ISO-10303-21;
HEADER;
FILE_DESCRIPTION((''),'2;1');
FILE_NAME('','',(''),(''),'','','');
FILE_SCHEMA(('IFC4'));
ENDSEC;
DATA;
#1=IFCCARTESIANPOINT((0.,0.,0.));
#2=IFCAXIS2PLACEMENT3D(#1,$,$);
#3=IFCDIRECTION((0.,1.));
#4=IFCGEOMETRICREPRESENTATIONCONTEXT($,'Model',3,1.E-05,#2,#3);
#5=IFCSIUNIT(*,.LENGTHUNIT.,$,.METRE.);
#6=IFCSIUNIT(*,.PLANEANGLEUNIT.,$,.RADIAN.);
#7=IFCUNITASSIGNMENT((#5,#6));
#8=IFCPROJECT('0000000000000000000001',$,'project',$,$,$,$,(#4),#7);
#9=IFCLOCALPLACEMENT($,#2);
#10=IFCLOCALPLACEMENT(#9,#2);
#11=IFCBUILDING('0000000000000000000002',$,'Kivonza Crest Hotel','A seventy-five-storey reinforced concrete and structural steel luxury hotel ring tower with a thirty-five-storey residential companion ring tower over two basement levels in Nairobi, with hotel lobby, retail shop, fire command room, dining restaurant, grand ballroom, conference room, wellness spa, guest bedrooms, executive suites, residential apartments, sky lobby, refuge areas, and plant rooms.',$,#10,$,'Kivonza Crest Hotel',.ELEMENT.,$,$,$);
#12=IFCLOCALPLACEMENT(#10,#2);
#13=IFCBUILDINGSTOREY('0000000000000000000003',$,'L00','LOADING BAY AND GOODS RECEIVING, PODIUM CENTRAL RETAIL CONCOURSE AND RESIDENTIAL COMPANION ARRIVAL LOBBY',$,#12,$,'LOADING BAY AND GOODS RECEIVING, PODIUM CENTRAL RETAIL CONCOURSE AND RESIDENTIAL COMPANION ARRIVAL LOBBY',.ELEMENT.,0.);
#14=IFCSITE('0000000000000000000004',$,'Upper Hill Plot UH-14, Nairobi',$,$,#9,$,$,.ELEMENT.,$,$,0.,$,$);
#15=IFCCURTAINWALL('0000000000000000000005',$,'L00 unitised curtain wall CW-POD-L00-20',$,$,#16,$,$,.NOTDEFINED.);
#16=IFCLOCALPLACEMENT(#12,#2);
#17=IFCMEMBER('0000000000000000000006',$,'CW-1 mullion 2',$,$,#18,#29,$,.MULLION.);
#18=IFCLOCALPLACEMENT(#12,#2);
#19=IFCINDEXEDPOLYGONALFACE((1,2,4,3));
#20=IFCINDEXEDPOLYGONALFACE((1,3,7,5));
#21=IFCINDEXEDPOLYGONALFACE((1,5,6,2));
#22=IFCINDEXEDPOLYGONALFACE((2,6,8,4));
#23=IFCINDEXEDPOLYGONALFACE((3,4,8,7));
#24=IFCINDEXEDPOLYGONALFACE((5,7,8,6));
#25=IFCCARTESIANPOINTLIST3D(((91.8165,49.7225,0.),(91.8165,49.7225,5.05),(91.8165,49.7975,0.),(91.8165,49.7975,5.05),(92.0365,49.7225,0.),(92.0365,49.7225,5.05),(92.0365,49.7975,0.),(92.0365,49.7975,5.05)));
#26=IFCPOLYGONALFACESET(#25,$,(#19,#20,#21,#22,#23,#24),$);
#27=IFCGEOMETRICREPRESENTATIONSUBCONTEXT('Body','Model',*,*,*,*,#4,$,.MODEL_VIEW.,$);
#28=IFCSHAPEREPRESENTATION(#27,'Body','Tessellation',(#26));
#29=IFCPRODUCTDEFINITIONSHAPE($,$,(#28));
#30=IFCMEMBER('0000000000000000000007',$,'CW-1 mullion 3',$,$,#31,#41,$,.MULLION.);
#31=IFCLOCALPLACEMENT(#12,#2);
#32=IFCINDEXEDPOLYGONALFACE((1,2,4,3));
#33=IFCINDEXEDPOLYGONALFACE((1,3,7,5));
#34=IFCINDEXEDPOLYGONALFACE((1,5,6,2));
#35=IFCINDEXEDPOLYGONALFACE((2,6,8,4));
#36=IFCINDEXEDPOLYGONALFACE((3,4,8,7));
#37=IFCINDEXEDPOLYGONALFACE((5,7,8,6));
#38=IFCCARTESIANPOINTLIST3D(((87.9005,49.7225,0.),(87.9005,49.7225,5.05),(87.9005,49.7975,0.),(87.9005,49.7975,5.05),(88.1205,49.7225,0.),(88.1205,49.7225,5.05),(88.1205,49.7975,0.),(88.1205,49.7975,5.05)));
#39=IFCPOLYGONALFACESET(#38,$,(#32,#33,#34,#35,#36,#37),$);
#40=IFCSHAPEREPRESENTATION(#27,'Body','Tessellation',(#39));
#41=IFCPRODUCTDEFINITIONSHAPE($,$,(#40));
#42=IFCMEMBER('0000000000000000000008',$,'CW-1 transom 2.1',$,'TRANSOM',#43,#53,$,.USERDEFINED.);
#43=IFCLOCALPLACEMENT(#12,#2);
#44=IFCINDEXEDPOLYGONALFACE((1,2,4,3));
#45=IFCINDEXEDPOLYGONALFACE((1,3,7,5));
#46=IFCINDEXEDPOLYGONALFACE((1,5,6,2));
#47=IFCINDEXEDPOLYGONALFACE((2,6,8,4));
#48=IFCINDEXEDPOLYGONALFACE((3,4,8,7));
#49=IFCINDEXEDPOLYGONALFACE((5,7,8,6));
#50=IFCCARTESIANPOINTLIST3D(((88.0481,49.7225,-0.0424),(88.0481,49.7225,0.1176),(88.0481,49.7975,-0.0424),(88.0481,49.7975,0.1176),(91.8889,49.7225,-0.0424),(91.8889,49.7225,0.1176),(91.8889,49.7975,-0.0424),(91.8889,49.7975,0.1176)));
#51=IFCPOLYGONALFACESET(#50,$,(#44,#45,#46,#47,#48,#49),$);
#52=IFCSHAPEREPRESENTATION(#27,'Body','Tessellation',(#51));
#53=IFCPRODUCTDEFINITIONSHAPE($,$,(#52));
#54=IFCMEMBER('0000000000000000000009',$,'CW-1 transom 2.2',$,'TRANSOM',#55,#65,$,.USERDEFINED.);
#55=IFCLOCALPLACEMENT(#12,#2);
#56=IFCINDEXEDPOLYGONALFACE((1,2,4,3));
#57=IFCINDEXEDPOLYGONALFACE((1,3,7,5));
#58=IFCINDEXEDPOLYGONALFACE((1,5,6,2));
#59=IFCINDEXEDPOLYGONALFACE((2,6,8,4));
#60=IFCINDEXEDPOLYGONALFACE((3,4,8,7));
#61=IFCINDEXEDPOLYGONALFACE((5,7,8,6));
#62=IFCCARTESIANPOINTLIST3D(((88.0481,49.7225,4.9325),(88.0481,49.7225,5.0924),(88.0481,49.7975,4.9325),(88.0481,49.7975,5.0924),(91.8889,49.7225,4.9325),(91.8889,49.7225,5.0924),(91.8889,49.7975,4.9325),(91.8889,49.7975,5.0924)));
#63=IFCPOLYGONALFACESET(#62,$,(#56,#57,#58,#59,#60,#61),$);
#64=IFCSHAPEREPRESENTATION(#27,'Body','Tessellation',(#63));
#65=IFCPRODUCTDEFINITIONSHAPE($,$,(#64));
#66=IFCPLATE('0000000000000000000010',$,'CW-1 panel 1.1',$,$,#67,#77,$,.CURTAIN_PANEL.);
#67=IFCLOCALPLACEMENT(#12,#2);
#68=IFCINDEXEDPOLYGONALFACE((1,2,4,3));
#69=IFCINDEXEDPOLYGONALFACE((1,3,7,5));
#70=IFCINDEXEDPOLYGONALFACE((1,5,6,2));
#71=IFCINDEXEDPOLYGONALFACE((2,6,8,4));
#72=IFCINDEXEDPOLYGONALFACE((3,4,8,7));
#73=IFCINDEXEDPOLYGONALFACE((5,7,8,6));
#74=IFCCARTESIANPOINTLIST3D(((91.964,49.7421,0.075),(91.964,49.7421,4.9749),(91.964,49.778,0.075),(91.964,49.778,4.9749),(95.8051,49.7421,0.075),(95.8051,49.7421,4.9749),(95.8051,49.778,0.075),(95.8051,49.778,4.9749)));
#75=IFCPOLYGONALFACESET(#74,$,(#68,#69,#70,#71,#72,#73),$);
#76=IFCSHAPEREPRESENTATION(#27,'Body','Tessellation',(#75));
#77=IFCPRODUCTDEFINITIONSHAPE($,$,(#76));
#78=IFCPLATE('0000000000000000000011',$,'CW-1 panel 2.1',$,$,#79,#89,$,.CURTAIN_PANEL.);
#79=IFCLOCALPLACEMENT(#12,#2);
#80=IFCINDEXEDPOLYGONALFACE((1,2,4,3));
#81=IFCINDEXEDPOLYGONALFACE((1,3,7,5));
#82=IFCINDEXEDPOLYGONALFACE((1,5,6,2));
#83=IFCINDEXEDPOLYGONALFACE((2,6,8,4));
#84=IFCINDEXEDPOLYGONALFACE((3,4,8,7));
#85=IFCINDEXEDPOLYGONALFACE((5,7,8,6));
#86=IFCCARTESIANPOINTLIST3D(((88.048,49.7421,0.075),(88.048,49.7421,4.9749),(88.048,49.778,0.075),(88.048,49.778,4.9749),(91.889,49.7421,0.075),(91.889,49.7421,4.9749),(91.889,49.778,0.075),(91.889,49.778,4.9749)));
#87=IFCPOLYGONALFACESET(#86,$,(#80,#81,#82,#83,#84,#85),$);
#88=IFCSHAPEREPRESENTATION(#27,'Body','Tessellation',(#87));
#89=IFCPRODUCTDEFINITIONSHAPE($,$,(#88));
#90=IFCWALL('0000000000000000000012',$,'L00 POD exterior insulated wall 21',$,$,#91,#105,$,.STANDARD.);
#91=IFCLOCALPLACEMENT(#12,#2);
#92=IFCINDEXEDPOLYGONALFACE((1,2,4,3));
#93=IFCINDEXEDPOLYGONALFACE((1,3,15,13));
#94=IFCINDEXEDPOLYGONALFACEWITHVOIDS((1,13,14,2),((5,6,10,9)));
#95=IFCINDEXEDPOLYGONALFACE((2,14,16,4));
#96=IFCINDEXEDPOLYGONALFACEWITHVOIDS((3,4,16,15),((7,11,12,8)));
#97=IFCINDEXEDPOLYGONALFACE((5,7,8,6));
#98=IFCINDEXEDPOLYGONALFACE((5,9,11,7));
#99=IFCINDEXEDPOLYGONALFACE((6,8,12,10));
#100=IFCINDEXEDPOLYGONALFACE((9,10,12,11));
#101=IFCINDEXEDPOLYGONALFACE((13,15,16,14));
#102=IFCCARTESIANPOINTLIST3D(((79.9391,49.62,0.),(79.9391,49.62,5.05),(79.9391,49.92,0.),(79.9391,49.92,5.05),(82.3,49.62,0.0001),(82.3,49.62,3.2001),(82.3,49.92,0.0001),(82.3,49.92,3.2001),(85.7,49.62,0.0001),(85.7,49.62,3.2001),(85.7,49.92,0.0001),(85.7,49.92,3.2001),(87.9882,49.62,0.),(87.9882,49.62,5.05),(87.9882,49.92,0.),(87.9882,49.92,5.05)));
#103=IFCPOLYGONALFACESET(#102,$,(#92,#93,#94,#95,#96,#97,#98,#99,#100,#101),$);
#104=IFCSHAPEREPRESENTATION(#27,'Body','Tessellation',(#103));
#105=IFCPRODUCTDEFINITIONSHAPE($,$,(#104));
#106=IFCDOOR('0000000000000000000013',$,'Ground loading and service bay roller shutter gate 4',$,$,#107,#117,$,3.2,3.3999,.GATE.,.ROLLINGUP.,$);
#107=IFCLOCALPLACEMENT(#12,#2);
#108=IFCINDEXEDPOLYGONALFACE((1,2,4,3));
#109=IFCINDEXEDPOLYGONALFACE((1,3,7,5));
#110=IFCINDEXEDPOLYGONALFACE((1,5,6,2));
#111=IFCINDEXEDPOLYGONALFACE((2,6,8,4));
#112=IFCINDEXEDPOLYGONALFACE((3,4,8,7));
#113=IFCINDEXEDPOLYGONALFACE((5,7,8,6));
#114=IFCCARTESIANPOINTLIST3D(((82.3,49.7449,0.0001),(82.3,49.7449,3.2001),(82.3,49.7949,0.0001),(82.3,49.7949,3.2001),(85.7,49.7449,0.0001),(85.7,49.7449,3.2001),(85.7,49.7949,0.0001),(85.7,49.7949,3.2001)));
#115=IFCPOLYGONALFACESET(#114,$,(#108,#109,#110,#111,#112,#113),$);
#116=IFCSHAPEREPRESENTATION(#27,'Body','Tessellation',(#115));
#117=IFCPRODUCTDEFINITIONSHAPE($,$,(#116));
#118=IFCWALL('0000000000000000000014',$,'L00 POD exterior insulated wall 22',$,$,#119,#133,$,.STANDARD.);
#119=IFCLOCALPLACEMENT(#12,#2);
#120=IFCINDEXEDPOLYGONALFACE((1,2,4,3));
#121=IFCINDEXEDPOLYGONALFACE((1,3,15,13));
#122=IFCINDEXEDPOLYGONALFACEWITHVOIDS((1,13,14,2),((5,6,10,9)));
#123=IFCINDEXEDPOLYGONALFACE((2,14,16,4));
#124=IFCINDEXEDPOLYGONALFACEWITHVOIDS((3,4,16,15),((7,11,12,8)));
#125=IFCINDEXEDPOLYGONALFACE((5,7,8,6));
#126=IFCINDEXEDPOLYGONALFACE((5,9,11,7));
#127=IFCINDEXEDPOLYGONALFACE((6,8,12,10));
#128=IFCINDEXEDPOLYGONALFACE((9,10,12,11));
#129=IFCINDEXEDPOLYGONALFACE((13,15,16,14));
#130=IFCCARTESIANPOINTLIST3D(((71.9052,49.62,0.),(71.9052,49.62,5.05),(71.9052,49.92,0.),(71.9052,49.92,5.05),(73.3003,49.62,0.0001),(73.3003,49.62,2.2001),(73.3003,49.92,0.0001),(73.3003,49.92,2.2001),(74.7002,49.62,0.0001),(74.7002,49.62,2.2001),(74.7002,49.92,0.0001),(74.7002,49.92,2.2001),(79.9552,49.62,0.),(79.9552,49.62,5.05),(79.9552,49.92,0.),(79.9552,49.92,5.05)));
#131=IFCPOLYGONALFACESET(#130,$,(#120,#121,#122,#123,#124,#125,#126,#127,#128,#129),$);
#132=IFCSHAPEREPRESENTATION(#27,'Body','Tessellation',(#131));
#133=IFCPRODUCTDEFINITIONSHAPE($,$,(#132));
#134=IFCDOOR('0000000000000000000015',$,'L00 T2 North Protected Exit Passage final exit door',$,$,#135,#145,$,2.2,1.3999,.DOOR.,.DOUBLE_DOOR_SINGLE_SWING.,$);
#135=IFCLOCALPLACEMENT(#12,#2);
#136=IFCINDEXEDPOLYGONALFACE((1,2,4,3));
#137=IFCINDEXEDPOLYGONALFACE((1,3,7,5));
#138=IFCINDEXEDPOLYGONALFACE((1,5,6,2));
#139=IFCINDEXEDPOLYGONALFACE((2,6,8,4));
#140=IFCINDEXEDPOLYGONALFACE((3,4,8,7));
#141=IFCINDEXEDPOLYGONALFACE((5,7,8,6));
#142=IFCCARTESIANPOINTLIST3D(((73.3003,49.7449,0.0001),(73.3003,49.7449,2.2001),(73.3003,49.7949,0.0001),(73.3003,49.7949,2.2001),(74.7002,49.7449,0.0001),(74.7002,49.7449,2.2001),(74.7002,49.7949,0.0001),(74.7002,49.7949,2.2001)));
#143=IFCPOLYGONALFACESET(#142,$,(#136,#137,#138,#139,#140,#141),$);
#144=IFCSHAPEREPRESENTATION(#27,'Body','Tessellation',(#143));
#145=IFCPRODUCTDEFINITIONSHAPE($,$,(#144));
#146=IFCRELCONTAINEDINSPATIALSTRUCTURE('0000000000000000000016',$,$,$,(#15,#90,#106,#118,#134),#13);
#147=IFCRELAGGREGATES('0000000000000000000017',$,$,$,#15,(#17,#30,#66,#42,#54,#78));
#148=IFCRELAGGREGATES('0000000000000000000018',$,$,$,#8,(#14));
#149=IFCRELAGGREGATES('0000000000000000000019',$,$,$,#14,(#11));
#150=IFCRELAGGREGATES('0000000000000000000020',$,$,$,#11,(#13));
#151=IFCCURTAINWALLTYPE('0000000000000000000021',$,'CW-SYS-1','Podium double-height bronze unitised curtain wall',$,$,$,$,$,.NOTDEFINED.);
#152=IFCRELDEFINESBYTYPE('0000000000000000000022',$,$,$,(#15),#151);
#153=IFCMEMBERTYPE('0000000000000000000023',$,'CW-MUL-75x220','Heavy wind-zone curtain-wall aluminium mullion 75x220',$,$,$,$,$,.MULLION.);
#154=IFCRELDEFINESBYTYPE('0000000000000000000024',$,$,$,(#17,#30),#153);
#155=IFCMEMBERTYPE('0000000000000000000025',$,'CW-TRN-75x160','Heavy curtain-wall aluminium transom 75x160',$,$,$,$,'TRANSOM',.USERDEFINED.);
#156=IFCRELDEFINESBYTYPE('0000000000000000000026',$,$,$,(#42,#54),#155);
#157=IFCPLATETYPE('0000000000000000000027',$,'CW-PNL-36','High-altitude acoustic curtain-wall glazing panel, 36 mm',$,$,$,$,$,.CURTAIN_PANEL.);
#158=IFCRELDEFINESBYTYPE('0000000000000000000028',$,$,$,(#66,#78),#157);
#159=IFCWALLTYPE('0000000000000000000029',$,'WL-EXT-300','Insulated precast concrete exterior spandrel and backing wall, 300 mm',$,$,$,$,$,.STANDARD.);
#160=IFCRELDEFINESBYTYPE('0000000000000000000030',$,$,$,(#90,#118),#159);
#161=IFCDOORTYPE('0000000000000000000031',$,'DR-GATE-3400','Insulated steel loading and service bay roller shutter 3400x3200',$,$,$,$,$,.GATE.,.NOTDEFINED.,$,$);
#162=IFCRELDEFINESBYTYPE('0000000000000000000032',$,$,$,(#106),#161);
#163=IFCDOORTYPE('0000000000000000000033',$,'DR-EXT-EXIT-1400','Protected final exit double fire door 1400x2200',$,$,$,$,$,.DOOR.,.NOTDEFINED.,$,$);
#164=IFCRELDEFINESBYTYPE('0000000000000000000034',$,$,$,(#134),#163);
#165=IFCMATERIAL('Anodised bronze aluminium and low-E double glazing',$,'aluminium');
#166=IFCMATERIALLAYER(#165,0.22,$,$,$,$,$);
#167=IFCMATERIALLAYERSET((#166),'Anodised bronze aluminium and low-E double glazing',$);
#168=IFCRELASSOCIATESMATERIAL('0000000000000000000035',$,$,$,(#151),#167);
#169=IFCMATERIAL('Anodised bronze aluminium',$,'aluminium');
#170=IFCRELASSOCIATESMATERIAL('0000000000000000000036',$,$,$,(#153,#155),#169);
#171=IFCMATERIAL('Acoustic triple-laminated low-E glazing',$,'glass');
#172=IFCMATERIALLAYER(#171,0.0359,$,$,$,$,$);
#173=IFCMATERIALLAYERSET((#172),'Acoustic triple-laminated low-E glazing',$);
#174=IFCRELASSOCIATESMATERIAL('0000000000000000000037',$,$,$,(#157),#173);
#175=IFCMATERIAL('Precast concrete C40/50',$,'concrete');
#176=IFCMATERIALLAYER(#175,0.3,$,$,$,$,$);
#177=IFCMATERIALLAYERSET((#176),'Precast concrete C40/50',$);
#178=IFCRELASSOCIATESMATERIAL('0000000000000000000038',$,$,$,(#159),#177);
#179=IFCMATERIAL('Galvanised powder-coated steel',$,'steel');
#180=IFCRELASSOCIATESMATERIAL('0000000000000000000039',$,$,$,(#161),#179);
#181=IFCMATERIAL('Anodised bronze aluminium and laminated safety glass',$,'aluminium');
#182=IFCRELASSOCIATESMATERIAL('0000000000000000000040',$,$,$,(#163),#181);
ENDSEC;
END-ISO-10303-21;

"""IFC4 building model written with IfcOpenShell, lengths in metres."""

from ifc_helpers import new_model, si_unit, direction, frame, frame_2d, origin, origin_2d, place, context, subcontext, project, spatial, rectangle, extrude, material, layer, layer_set, material_profile, profile_set, type_object, element, fill, aggregate, save


model = new_model("IFC4")

# Units and contexts
model_context = context("Model", 3, precision=1e-05, world=origin(), true_north=direction((0.0, 1.0)))
body_context = subcontext(model_context, "Body", "Model", "MODEL_VIEW")
ifc_project = project(units=[si_unit("LENGTHUNIT", "METRE"), si_unit("PLANEANGLEUNIT", "RADIAN")], contexts=[model_context])

# Site, building, storey
site_placement = place(None, origin())
site = spatial("IfcSite", under=ifc_project, at=site_placement, Name="Upper Hill Plot UH-14, Nairobi", CompositionType="ELEMENT", RefElevation=0.0)
building_placement = place(site_placement, origin())
building = spatial("IfcBuilding", under=site, at=building_placement, Name="Kivonza Crest Hotel", Description="A seventy-five-storey reinforced concrete and structural steel luxury hotel ring tower with a thirty-five-storey residential companion ring tower over two basement levels in Nairobi, with hotel lobby, retail shop, fire command room, dining restaurant, grand ballroom, conference room, wellness spa, guest bedrooms, executive suites, residential apartments, sky lobby, refuge areas, and plant rooms.", LongName="Kivonza Crest Hotel", CompositionType="ELEMENT")
storey_placement = place(building_placement, origin())
storey = spatial("IfcBuildingStorey", under=building, at=storey_placement, Name="L00", Description="LOADING BAY AND GOODS RECEIVING, PODIUM CENTRAL RETAIL CONCOURSE AND RESIDENTIAL COMPANION ARRIVAL LOBBY", LongName="LOADING BAY AND GOODS RECEIVING, PODIUM CENTRAL RETAIL CONCOURSE AND RESIDENTIAL COMPANION ARRIVAL LOBBY", CompositionType="ELEMENT", Elevation=0.0)

# Curtain wall, members, plates
ifc_material_1 = material(Name="Anodised bronze aluminium and low-E double glazing", Category="aluminium")
ifc_layer_1 = layer(ifc_material_1, 0.22)
ifc_layer_set_1 = layer_set([ifc_layer_1], Name="Anodised bronze aluminium and low-E double glazing")
curtain_wall_type = type_object("IfcCurtainWallType", Name="CW-SYS-1", Description="Podium double-height bronze unitised curtain wall", PredefinedType="NOTDEFINED", material=ifc_layer_set_1)
curtain_wall_placement = place(storey_placement, origin())
curtain_wall = element("IfcCurtainWall", 1, at=curtain_wall_placement, inside=storey, type_object=curtain_wall_type, Name="L00 unitised curtain wall CW-POD-L00-20", PredefinedType="NOTDEFINED")
ifc_material_2 = material(Name="Anodised bronze aluminium", Category="aluminium")
ifc_material_profile_1 = material_profile(ifc_material_2, rectangle(XDim=0.075, YDim=0.22, at=origin_2d()), Name="CW-M 75x220")
ifc_profile_set_1 = profile_set([ifc_material_profile_1], Name="Anodised bronze aluminium")
member_type_1 = type_object("IfcMemberType", Name="CW-MUL-75x220", Description="Heavy wind-zone curtain-wall aluminium mullion 75x220", PredefinedType="MULLION", material=ifc_profile_set_1)
member_1_placement = place(storey_placement, frame((91.9265, 49.76, 0.0), z_axis=(0.0, 0.0, 1.0), x_axis=(0.0, -1.0, 0.0)))
member_1 = element("IfcMember", 2, at=member_1_placement, type_object=member_type_1, Name="CW-1 mullion 2", PredefinedType="MULLION", context=body_context, shape_type="SweptSolid", body=[
    extrude(rectangle(XDim=0.075, YDim=0.22, at=origin_2d()), origin(), (0.0, 0.0, 1.0), 5.05),
])
member_2_placement = place(storey_placement, frame((88.0105, 49.76, 0.0), z_axis=(0.0, 0.0, 1.0), x_axis=(0.0, -1.0, 0.0)))
member_2 = element("IfcMember", 3, at=member_2_placement, type_object=member_type_1, Name="CW-1 mullion 3", PredefinedType="MULLION", context=body_context, shape_type="SweptSolid", body=[
    extrude(rectangle(XDim=0.075, YDim=0.22, at=origin_2d()), origin(), (0.0, 0.0, 1.0), 5.05),
])
ifc_material_profile_2 = material_profile(ifc_material_2, rectangle(XDim=0.075, YDim=0.1599, at=origin_2d()), Name="CW-T 75x160")
ifc_profile_set_2 = profile_set([ifc_material_profile_2], Name="Anodised bronze aluminium")
member_type_2 = type_object("IfcMemberType", Name="CW-TRN-75x160", Description="Heavy curtain-wall aluminium transom 75x160", ElementType="TRANSOM", PredefinedType="USERDEFINED", material=ifc_profile_set_2)
member_3_placement = place(storey_placement, frame((91.8889, 49.76, 0.0376), z_axis=(-1.0, 0.0, 0.0), x_axis=(0.0, -1.0, 0.0)))
member_3 = element("IfcMember", 4, at=member_3_placement, type_object=member_type_2, Name="CW-1 transom 2.1", ObjectType="TRANSOM", PredefinedType="USERDEFINED", context=body_context, shape_type="SweptSolid", body=[
    extrude(rectangle(XDim=0.075, YDim=0.1599, at=origin_2d()), origin(), (0.0, 0.0, 1.0), 3.8408),
])
member_4_placement = place(storey_placement, frame((91.8889, 49.76, 5.0125), z_axis=(-1.0, 0.0, 0.0), x_axis=(0.0, -1.0, 0.0)))
member_4 = element("IfcMember", 5, at=member_4_placement, type_object=member_type_2, Name="CW-1 transom 2.2", ObjectType="TRANSOM", PredefinedType="USERDEFINED", context=body_context, shape_type="SweptSolid", body=[
    extrude(rectangle(XDim=0.075, YDim=0.1599, at=origin_2d()), origin(), (0.0, 0.0, 1.0), 3.8408),
])
ifc_material_3 = material(Name="Acoustic triple-laminated low-E glazing", Category="glass")
ifc_layer_2 = layer(ifc_material_3, 0.0359)
ifc_layer_set_2 = layer_set([ifc_layer_2], Name="Acoustic triple-laminated low-E glazing")
plate_type = type_object("IfcPlateType", Name="CW-PNL-36", Description="High-altitude acoustic curtain-wall glazing panel, 36 mm", PredefinedType="CURTAIN_PANEL", material=ifc_layer_set_2)
plate_1_placement = place(storey_placement, frame((93.8845, 49.76, 0.075), z_axis=(0.0, 0.0, 1.0), x_axis=(-1.0, 0.0, 0.0)))
plate_1 = element("IfcPlate", 6, at=plate_1_placement, type_object=plate_type, Name="CW-1 panel 1.1", PredefinedType="CURTAIN_PANEL", context=body_context, shape_type="SweptSolid", body=[
    extrude(rectangle(XDim=3.8411, YDim=0.0359, at=origin_2d()), origin(), (0.0, 0.0, 1.0), 4.8999),
])
plate_2_placement = place(storey_placement, frame((89.9685, 49.76, 0.075), z_axis=(0.0, 0.0, 1.0), x_axis=(-1.0, 0.0, 0.0)))
plate_2 = element("IfcPlate", 7, at=plate_2_placement, type_object=plate_type, Name="CW-1 panel 2.1", PredefinedType="CURTAIN_PANEL", context=body_context, shape_type="SweptSolid", body=[
    extrude(rectangle(XDim=3.8411, YDim=0.0359, at=origin_2d()), origin(), (0.0, 0.0, 1.0), 4.8999),
])
aggregate(curtain_wall, [member_1, member_2, plate_1, member_3, member_4, plate_2])

# Walls, openings, doors
ifc_material_4 = material(Name="Precast concrete C40/50", Category="concrete")
ifc_layer_3 = layer(ifc_material_4, 0.3)
ifc_layer_set_3 = layer_set([ifc_layer_3], Name="Precast concrete C40/50")
wall_type = type_object("IfcWallType", Name="WL-EXT-300", Description="Insulated precast concrete exterior spandrel and backing wall, 300 mm", PredefinedType="STANDARD", material=ifc_layer_set_3)
wall_1_placement = place(storey_placement, frame((87.988, 49.77, 0.0), z_axis=(0.0, 0.0, 1.0), x_axis=(-1.0, 0.0, 0.0)))
wall_1 = element("IfcWall", 8, at=wall_1_placement, inside=storey, type_object=wall_type, Name="L00 POD exterior insulated wall 21", PredefinedType="STANDARD", context=body_context, shape_type="SweptSolid", body=[
    extrude(rectangle(XDim=8.0491, YDim=0.3, at=frame_2d((4.0244, 0.0))), origin(), (0.0, 0.0, 1.0), 5.05),
])
opening_1_placement = place(wall_1_placement, frame((2.2881, 0.0, 0.0)))
opening_1 = element("IfcOpeningElement", 9, at=opening_1_placement, cuts=wall_1, PredefinedType="OPENING", context=body_context, shape_type="SweptSolid", body=[
    extrude(rectangle(XDim=3.3999, YDim=3.2, at=frame_2d((1.7, 1.6001))), frame((0.0, 0.1602, 0.0), z_axis=(0.0, -1.0, 0.0), x_axis=(1.0, 0.0, 0.0)), (0.0, 0.0, 1.0), 0.3201),
])
ifc_material_5 = material(Name="Galvanised powder-coated steel", Category="steel")
door_type_1 = type_object("IfcDoorType", Name="DR-GATE-3400", Description="Insulated steel loading and service bay roller shutter 3400x3200", OperationType="NOTDEFINED", PredefinedType="GATE", material=ifc_material_5)
door_1_placement = place(opening_1_placement, frame((3.3999, 0.0, 0.0), z_axis=(0.0, 0.0, 1.0), x_axis=(-1.0, 0.0, 0.0)))
door_1 = element("IfcDoor", 10, at=door_1_placement, inside=storey, type_object=door_type_1, Name="Ground loading and service bay roller shutter gate 4", OperationType="ROLLINGUP", OverallHeight=3.2, OverallWidth=3.3999, PredefinedType="GATE", context=body_context, shape_type="SweptSolid", body=[
    extrude(rectangle(XDim=3.3999, YDim=3.2, at=frame_2d((1.7, 1.6001))), frame((0.0, 0.0249, 0.0), z_axis=(0.0, -1.0, 0.0), x_axis=(1.0, 0.0, 0.0)), (0.0, 0.0, 1.0), 0.05),
])
fill(opening_1, door_1)
wall_2_placement = place(storey_placement, frame((79.9551, 49.77, 0.0), z_axis=(0.0, 0.0, 1.0), x_axis=(-1.0, 0.0, 0.0)))
wall_2 = element("IfcWall", 11, at=wall_2_placement, inside=storey, type_object=wall_type, Name="L00 POD exterior insulated wall 22", PredefinedType="STANDARD", context=body_context, shape_type="SweptSolid", body=[
    extrude(rectangle(XDim=8.05, YDim=0.3, at=frame_2d((4.0249, 0.0))), origin(), (0.0, 0.0, 1.0), 5.05),
])
opening_2_placement = place(wall_2_placement, frame((5.2549, 0.0, 0.0)))
opening_2 = element("IfcOpeningElement", 12, at=opening_2_placement, cuts=wall_2, PredefinedType="OPENING", context=body_context, shape_type="SweptSolid", body=[
    extrude(rectangle(XDim=1.3999, YDim=2.2, at=frame_2d((0.7, 1.1001))), frame((0.0, 0.1602, 0.0), z_axis=(0.0, -1.0, 0.0), x_axis=(1.0, 0.0, 0.0)), (0.0, 0.0, 1.0), 0.3201),
])
ifc_material_6 = material(Name="Anodised bronze aluminium and laminated safety glass", Category="aluminium")
door_type_2 = type_object("IfcDoorType", Name="DR-EXT-EXIT-1400", Description="Protected final exit double fire door 1400x2200", OperationType="NOTDEFINED", PredefinedType="DOOR", material=ifc_material_6)
door_2_placement = place(opening_2_placement, frame((1.3999, 0.0, 0.0), z_axis=(0.0, 0.0, 1.0), x_axis=(-1.0, 0.0, 0.0)))
door_2 = element("IfcDoor", 13, at=door_2_placement, inside=storey, type_object=door_type_2, Name="L00 T2 North Protected Exit Passage final exit door", OperationType="DOUBLE_DOOR_SINGLE_SWING", OverallHeight=2.2, OverallWidth=1.3999, PredefinedType="DOOR", context=body_context, shape_type="SweptSolid", body=[
    extrude(rectangle(XDim=1.3999, YDim=2.2, at=frame_2d((0.7, 1.1001))), frame((0.0, 0.0249, 0.0), z_axis=(0.0, -1.0, 0.0), x_axis=(1.0, 0.0, 0.0)), (0.0, 0.0, 1.0), 0.05),
])
fill(opening_2, door_2)

save(model, "model.ifc")
